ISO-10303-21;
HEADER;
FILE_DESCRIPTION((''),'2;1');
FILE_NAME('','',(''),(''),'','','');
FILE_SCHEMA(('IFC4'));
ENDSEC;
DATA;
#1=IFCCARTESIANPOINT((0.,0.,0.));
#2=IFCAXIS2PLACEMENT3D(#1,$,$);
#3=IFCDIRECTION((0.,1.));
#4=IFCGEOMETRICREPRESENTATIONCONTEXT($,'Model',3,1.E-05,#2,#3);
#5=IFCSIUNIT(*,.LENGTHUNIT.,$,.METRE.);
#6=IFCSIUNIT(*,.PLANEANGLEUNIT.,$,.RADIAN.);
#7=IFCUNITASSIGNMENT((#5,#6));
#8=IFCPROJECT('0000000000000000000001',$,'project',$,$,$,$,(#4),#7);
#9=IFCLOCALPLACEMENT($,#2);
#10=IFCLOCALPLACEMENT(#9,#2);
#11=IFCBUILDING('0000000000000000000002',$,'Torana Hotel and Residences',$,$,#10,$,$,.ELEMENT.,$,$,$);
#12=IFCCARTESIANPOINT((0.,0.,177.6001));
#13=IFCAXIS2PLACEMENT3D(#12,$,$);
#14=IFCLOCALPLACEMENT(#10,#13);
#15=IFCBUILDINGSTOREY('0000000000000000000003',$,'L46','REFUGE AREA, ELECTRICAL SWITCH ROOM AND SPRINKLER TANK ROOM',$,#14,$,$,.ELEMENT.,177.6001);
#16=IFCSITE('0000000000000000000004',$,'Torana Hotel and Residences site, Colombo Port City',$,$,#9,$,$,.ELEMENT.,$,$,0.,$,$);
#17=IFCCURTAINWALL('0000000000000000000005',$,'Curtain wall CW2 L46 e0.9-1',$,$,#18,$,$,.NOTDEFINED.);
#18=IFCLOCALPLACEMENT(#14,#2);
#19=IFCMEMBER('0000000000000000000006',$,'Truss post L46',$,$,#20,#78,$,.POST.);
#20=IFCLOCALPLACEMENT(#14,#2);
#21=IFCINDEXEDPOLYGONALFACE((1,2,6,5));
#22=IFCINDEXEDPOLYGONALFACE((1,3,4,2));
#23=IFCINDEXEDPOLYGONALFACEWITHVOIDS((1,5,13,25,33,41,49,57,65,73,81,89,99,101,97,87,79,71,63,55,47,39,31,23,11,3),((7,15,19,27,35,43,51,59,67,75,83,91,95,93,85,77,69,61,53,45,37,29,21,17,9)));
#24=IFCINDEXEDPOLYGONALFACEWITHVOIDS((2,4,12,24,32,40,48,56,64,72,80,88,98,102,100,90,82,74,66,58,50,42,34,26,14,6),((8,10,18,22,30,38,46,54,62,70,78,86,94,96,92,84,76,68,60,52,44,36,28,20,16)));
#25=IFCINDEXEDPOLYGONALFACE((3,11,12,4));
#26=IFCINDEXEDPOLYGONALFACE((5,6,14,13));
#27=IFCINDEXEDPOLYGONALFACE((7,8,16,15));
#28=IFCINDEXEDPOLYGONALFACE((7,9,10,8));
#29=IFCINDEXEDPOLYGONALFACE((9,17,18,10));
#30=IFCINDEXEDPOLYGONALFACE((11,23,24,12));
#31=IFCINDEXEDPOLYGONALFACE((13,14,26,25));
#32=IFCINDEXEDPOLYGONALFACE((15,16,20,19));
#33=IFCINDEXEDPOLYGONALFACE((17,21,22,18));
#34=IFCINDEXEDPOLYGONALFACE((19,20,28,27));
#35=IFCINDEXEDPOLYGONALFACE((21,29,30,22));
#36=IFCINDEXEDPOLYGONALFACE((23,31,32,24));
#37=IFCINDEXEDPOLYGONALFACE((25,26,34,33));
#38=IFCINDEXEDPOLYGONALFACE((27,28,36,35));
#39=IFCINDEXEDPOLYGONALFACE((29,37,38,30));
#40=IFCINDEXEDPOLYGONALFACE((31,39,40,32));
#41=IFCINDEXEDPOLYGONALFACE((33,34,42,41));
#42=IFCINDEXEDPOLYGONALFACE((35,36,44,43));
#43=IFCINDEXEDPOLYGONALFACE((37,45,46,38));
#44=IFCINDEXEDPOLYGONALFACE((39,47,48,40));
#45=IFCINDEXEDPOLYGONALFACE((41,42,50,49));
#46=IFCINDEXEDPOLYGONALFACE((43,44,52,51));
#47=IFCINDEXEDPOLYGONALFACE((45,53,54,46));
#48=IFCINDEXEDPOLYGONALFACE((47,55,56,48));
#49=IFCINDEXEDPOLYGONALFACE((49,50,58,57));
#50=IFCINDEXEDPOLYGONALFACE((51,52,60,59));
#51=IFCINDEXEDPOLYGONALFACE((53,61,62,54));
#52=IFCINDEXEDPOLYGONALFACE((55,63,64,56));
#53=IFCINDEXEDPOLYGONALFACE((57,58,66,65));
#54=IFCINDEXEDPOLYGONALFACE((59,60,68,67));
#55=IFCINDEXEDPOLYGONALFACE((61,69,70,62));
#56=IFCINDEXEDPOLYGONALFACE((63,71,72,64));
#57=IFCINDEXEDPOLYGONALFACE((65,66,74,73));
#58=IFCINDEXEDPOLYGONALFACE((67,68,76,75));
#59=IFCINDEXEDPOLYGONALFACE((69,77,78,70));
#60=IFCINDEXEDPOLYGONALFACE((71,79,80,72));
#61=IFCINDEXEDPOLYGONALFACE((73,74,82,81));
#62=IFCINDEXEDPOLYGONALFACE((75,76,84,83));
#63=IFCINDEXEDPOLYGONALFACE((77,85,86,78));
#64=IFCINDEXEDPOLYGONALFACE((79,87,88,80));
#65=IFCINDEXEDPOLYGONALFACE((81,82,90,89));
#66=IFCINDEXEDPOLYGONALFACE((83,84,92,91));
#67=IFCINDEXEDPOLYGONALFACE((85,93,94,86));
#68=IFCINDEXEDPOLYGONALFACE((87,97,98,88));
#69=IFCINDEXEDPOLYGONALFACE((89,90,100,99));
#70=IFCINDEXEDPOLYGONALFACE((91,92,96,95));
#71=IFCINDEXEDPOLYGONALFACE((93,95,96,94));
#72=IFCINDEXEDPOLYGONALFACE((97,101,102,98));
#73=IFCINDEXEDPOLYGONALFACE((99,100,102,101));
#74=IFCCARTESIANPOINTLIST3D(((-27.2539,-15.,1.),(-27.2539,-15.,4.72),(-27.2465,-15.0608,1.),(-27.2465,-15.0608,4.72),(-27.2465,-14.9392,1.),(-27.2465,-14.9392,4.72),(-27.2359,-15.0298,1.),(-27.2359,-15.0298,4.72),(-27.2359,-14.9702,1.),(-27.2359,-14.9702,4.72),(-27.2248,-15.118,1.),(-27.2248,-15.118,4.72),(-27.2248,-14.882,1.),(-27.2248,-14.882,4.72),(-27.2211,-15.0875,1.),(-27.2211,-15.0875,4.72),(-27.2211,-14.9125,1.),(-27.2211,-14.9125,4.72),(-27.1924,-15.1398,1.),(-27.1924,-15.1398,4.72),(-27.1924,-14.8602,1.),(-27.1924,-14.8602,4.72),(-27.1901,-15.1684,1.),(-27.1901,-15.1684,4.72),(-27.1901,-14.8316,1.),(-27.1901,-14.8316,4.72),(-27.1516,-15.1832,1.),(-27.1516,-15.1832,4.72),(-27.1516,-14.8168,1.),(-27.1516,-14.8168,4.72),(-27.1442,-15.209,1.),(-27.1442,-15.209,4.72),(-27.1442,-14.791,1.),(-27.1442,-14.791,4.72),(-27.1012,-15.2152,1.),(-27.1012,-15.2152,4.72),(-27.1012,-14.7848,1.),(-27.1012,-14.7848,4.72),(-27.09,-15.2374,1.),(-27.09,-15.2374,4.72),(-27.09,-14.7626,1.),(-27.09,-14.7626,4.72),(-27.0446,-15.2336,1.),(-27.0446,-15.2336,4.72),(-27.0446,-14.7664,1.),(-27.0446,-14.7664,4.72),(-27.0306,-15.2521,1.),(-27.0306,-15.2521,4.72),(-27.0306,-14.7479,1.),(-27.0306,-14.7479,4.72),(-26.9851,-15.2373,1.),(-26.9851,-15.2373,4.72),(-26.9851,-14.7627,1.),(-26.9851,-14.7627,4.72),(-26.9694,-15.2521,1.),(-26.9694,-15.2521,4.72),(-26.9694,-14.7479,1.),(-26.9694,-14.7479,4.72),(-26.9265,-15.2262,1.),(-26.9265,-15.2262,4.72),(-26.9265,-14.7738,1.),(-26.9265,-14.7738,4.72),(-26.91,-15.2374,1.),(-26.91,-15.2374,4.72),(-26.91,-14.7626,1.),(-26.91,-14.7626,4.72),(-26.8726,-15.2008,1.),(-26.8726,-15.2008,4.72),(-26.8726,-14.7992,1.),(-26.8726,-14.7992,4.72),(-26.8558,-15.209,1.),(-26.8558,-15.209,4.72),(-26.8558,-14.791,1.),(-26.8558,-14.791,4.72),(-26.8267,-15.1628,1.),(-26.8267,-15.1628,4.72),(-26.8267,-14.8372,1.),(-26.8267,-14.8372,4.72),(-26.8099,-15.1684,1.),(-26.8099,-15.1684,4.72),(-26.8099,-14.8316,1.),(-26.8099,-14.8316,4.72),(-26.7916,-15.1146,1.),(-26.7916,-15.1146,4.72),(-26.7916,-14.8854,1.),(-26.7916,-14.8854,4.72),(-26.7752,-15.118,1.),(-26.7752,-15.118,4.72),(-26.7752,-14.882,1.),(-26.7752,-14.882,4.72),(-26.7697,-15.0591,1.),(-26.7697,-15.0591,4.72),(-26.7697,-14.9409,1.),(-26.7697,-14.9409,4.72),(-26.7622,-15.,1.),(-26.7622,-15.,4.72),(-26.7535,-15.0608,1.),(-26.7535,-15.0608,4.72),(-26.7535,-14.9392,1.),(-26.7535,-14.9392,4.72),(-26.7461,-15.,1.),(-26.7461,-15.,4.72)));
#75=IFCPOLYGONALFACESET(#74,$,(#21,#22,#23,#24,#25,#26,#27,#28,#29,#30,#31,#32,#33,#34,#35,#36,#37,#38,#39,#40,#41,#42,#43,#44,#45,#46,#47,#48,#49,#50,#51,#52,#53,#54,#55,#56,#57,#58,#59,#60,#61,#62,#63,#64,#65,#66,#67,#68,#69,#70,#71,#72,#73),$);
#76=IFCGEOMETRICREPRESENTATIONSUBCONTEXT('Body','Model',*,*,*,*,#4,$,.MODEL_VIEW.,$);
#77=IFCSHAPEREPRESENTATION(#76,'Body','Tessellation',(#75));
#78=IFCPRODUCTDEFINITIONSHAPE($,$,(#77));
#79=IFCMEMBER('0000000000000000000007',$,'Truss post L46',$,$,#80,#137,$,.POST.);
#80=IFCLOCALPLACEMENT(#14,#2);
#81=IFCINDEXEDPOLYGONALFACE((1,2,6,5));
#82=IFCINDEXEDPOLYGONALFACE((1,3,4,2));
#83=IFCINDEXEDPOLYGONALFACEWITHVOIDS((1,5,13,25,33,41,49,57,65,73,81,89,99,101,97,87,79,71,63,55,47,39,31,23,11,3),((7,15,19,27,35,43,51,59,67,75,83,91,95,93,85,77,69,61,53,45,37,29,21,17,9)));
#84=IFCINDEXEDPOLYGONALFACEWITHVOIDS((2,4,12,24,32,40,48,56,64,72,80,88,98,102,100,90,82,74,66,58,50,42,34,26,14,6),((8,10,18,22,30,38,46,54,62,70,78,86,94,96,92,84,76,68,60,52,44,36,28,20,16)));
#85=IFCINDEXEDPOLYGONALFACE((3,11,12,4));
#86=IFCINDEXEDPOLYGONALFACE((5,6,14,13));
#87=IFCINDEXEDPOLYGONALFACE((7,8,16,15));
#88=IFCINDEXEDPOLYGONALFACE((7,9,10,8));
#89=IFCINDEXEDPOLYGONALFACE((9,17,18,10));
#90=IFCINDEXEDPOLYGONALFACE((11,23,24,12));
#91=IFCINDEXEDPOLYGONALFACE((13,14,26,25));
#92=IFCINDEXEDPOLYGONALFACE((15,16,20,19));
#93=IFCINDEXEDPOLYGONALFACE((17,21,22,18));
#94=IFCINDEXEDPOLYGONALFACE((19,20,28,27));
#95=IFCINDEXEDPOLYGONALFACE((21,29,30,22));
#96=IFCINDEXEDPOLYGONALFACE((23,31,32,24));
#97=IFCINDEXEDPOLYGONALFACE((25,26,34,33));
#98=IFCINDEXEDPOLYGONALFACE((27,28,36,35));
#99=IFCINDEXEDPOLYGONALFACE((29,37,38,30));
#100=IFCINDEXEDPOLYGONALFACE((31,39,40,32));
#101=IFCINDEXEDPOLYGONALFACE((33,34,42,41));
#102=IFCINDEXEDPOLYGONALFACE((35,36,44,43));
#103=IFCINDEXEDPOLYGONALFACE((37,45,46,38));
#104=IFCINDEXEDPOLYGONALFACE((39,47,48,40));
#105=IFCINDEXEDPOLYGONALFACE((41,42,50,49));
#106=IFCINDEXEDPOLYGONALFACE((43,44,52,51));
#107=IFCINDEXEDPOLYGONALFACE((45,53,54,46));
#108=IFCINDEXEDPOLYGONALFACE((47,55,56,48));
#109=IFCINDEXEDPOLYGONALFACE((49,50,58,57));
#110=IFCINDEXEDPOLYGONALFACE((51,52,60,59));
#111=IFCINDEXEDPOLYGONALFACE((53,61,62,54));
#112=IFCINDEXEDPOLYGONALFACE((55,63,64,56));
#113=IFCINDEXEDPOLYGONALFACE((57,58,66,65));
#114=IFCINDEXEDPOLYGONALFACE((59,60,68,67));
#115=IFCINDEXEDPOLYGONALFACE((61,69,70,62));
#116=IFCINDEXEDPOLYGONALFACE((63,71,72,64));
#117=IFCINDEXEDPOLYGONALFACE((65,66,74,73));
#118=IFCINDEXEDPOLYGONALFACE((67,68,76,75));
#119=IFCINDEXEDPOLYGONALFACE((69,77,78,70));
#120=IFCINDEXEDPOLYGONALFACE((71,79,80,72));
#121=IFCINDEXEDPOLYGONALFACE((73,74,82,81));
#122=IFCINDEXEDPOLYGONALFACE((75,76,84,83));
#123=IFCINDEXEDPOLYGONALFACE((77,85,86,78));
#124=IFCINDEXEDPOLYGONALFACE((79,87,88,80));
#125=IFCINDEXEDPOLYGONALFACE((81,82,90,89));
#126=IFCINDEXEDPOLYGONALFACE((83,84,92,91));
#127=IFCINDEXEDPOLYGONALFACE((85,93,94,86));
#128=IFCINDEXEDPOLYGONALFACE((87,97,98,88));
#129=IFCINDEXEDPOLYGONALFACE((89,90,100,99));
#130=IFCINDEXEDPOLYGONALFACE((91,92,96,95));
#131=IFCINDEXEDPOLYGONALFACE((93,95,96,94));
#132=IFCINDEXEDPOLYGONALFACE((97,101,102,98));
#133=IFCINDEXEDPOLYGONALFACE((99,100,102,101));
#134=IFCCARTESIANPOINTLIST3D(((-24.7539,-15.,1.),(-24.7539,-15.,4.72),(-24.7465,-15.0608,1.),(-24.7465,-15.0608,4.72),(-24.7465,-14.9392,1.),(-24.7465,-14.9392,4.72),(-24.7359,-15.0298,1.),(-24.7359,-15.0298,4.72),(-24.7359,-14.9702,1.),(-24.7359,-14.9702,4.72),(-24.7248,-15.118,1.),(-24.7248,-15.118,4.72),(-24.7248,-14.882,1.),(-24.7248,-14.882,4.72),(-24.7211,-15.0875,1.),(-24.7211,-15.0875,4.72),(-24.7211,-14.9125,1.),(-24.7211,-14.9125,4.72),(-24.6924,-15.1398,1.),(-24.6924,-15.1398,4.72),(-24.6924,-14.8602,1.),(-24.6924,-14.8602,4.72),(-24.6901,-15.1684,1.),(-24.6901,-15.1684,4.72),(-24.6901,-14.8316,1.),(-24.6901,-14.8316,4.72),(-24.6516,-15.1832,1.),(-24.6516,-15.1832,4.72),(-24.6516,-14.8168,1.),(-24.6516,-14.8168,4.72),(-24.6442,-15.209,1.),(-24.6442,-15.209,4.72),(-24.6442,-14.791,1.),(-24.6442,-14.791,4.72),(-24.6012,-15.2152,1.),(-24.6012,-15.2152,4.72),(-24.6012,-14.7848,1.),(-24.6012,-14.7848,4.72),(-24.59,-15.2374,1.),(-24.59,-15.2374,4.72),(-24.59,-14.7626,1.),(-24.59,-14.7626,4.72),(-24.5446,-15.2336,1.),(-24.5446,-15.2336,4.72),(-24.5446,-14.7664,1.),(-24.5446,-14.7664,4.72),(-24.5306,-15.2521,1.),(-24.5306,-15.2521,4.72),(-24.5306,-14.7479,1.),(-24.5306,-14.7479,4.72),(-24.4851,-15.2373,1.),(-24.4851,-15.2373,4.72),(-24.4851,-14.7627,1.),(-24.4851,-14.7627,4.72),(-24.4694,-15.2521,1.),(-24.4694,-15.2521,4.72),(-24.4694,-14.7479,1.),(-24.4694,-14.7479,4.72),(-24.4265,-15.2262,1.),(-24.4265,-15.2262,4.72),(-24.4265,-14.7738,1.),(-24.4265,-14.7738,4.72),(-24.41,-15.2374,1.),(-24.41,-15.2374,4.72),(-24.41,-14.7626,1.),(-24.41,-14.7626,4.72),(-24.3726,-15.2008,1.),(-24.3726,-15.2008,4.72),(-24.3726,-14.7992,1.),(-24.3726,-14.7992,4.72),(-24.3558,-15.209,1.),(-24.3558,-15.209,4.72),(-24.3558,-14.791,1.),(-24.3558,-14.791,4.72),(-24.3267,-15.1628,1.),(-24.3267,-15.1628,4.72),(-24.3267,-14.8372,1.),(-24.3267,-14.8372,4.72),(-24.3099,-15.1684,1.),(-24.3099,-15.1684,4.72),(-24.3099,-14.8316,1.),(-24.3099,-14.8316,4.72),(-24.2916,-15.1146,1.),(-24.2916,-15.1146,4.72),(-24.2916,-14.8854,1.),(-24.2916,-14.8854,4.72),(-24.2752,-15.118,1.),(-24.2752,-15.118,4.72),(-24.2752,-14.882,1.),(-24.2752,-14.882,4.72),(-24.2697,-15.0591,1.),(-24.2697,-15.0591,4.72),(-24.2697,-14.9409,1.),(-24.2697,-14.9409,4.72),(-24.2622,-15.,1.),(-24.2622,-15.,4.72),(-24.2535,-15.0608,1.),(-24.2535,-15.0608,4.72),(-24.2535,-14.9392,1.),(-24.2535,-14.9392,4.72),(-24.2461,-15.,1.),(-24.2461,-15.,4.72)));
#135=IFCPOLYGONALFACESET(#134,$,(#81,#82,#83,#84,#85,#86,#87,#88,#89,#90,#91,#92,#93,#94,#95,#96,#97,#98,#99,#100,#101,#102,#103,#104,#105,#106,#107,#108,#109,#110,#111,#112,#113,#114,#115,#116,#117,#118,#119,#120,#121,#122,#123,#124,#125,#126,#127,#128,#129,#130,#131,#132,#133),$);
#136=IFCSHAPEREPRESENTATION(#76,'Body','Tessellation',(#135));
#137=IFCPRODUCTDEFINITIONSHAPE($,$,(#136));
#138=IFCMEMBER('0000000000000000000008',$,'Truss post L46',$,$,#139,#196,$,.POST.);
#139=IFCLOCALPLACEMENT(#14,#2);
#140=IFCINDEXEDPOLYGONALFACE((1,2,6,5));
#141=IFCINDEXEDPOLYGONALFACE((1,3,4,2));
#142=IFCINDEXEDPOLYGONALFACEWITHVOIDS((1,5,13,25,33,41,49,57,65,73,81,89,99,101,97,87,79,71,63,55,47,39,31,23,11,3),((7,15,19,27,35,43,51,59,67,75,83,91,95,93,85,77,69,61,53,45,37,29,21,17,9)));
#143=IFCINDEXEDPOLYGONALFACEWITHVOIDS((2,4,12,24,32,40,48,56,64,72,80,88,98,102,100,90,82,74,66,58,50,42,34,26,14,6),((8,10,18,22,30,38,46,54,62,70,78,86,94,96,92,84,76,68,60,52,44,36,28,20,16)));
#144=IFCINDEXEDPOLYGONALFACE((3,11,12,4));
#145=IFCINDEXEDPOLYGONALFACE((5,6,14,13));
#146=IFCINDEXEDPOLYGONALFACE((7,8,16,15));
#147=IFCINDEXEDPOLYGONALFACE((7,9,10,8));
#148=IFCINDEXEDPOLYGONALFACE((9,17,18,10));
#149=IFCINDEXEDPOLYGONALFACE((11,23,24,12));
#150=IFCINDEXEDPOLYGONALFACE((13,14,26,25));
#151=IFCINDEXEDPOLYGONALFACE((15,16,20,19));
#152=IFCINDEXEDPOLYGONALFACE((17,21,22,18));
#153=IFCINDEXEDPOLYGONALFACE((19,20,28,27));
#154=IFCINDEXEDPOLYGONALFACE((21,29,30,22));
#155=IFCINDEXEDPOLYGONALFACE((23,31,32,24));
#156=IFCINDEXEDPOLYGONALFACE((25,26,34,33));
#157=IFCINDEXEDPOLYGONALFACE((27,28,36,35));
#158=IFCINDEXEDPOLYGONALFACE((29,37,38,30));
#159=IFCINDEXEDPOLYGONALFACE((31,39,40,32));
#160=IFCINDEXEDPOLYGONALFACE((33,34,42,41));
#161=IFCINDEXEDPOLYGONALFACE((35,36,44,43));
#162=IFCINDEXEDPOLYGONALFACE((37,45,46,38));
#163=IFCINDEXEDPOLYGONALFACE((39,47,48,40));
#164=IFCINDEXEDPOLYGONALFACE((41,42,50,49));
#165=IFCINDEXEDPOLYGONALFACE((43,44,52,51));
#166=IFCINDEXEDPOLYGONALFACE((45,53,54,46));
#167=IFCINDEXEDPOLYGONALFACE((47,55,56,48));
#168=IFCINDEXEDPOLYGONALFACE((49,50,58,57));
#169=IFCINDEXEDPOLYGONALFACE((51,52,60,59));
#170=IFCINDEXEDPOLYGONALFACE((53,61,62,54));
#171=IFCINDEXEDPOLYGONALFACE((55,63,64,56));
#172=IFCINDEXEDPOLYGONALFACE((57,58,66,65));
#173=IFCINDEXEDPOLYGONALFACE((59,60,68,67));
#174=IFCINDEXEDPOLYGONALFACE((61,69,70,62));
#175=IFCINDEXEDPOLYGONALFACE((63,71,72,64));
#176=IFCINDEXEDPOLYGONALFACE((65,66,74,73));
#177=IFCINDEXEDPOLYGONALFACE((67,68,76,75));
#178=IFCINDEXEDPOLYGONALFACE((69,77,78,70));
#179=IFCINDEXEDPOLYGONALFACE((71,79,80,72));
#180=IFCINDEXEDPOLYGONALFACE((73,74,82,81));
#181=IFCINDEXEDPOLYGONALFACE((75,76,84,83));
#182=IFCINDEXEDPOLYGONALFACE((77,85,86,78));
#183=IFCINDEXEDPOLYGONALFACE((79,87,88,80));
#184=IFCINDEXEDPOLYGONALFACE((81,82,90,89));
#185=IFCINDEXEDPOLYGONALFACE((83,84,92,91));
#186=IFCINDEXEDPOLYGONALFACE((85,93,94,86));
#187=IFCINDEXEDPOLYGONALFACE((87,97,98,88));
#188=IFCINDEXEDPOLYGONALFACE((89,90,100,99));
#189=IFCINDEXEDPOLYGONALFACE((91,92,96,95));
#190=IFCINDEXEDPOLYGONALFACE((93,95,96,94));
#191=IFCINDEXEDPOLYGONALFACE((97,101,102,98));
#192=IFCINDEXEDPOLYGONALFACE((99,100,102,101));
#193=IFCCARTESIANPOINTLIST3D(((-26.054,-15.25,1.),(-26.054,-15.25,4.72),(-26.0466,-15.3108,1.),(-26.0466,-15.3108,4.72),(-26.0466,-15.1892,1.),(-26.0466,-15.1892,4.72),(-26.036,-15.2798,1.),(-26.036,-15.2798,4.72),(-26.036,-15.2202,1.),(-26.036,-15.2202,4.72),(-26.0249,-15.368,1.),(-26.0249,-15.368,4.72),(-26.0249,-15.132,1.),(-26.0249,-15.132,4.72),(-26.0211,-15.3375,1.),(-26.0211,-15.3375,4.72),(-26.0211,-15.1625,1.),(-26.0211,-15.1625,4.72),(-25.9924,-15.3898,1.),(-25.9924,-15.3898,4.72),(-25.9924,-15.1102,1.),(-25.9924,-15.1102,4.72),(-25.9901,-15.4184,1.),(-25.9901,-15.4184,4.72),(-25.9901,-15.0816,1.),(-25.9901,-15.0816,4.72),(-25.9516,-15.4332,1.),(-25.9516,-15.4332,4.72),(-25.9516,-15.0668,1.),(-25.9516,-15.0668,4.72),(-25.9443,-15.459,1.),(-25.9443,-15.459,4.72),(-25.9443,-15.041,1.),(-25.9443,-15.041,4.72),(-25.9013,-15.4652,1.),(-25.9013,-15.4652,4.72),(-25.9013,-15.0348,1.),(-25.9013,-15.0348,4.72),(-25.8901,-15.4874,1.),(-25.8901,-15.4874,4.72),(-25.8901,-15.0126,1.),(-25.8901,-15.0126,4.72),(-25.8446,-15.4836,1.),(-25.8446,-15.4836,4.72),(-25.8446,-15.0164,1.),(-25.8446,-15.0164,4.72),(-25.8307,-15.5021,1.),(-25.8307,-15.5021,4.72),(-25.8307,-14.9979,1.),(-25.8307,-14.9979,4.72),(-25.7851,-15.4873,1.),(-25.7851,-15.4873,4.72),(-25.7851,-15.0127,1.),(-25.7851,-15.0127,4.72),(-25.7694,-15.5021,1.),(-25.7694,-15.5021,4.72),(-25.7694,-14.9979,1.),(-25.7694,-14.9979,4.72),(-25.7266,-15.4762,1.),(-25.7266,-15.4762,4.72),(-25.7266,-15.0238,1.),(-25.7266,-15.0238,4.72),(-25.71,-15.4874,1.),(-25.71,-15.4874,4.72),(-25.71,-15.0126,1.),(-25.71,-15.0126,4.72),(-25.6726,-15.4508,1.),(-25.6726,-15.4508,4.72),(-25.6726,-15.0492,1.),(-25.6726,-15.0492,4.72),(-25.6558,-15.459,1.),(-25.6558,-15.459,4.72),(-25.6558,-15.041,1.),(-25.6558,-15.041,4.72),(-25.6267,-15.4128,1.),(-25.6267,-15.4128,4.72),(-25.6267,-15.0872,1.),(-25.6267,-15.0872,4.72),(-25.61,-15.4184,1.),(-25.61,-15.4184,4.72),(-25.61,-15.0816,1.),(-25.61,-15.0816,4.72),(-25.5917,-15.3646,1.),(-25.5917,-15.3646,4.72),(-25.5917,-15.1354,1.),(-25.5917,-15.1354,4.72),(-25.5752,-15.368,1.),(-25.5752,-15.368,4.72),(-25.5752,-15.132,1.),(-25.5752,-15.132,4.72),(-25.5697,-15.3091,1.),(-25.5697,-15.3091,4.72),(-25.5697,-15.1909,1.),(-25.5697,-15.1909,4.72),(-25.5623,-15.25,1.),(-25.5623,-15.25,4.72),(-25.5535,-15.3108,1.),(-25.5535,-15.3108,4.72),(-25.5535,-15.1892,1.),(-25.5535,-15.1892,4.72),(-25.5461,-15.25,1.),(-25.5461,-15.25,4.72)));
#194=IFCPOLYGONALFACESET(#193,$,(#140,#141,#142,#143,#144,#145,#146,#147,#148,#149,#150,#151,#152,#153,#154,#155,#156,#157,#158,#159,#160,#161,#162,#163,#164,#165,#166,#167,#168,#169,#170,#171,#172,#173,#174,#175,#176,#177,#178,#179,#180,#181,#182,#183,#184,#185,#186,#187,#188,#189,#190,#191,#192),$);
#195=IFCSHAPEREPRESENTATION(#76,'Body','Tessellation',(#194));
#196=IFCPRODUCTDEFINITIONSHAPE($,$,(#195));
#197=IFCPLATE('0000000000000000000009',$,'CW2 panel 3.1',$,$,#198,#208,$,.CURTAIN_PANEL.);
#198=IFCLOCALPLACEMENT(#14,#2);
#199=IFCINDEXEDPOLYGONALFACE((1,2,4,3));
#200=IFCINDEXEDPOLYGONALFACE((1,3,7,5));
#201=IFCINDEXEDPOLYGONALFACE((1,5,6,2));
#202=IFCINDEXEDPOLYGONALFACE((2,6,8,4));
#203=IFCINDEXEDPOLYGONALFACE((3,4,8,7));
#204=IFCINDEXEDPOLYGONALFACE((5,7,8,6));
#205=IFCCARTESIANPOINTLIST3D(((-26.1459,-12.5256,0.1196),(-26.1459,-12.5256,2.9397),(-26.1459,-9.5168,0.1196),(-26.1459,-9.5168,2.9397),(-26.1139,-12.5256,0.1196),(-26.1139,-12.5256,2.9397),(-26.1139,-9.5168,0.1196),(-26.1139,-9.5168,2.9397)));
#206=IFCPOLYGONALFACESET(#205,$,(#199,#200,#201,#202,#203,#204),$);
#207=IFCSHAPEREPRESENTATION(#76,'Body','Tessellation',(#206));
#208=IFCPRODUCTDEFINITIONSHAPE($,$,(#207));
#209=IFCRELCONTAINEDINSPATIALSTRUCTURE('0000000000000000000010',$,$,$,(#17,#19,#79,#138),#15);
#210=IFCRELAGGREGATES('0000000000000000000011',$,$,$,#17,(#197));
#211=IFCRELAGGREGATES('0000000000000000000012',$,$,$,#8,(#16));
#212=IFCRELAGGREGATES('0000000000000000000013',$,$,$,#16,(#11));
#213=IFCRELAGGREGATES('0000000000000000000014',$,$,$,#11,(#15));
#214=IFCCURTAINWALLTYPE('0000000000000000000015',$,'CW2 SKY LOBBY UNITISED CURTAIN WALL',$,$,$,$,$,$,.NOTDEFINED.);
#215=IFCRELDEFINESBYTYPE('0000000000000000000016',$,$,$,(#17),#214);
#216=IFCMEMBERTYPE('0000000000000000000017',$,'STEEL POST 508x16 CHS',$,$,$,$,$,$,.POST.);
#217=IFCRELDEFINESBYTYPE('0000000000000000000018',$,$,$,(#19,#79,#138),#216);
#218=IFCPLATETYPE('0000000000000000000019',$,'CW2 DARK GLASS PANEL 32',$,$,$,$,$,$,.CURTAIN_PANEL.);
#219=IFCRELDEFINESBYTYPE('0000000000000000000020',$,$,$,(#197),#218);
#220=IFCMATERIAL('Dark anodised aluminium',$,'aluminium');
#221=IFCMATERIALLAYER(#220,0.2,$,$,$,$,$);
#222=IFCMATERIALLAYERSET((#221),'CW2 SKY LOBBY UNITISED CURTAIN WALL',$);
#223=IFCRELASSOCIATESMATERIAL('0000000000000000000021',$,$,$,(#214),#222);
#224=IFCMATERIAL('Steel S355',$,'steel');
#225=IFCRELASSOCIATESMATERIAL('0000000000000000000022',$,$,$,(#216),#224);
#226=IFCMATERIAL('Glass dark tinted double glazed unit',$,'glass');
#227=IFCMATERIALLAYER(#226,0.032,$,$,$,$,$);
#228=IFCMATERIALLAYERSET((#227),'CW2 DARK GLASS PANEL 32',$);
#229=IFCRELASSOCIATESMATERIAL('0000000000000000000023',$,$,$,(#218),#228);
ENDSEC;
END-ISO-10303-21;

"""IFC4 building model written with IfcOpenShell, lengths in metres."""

from ifc_helpers import new_model, si_unit, direction, frame, origin, origin_2d, place, context, subcontext, project, spatial, rectangle, hollow_circle, extrude, material, layer, layer_set, material_profile, profile_set, type_object, element, aggregate, save


model = new_model("IFC4")

# Units and contexts
model_context = context("Model", 3, precision=1e-05, world=origin(), true_north=direction((0.0, 1.0)))
body_context = subcontext(model_context, "Body", "Model", "MODEL_VIEW")
ifc_project = project(units=[si_unit("LENGTHUNIT", "METRE"), si_unit("PLANEANGLEUNIT", "RADIAN")], contexts=[model_context])

# Site, building, storey
site_placement = place(None, origin())
site = spatial("IfcSite", under=ifc_project, at=site_placement, Name="Torana Hotel and Residences site, Colombo Port City", CompositionType="ELEMENT", RefElevation=0.0)
building_placement = place(site_placement, origin())
building = spatial("IfcBuilding", under=site, at=building_placement, Name="Torana Hotel and Residences", CompositionType="ELEMENT")
storey_placement = place(building_placement, frame((0.0, 0.0, 177.6001)))
storey = spatial("IfcBuildingStorey", under=building, at=storey_placement, Name="L46", Description="REFUGE AREA, ELECTRICAL SWITCH ROOM AND SPRINKLER TANK ROOM", CompositionType="ELEMENT", Elevation=177.6001)

# Curtain wall
ifc_material_1 = material(Name="Dark anodised aluminium", Category="aluminium")
ifc_layer_1 = layer(ifc_material_1, 0.2)
ifc_layer_set_1 = layer_set([ifc_layer_1], Name="CW2 SKY LOBBY UNITISED CURTAIN WALL")
curtain_wall_type = type_object("IfcCurtainWallType", Name="CW2 SKY LOBBY UNITISED CURTAIN WALL", PredefinedType="NOTDEFINED", material=ifc_layer_set_1)
curtain_wall_placement = place(storey_placement, origin())
curtain_wall = element("IfcCurtainWall", 1, at=curtain_wall_placement, inside=storey, type_object=curtain_wall_type, Name="Curtain wall CW2 L46 e0.9-1", PredefinedType="NOTDEFINED")

# Members
ifc_material_2 = material(Name="Steel S355", Category="steel")
ifc_material_profile_1 = material_profile(ifc_material_2, hollow_circle(Radius=0.2539, WallThickness=0.0161, at=origin_2d()), Name="508x16 CHS")
ifc_profile_set_1 = profile_set([ifc_material_profile_1], Name="Steel S355")
member_type_1 = type_object("IfcMemberType", Name="STEEL POST 508x16 CHS", PredefinedType="POST", material=ifc_profile_set_1)
for number, where, z_axis, x_axis, name in (
    (2, (-27.0, -15.0, 1.0), (0.0, 0.0, 1.0), (1.0, 0.0, 0.0), "Truss post L46"),
    (3, (-24.5, -15.0, 1.0), (0.0, 0.0, 1.0), (1.0, 0.0, 0.0), "Truss post L46"),
    (4, (-25.8, -15.25, 1.0), (0.0, 0.0, 1.0), (1.0, 0.0, 0.0), "Truss post L46"),
):
    element("IfcMember", number, at=place(storey_placement, frame(where, z_axis=z_axis, x_axis=x_axis)), inside=storey, type_object=member_type_1, Name=name, PredefinedType="POST", context=body_context, shape_type="SweptSolid", body=[
        extrude(hollow_circle(Radius=0.2539, WallThickness=0.0161, at=origin_2d()), origin(), (0.0, 0.0, 1.0), 3.72),
    ])

# Plate
ifc_material_3 = material(Name="Glass dark tinted double glazed unit", Category="glass")
ifc_layer_2 = layer(ifc_material_3, 0.032)
ifc_layer_set_2 = layer_set([ifc_layer_2], Name="CW2 DARK GLASS PANEL 32")
plate_type_1 = type_object("IfcPlateType", Name="CW2 DARK GLASS PANEL 32", PredefinedType="CURTAIN_PANEL", material=ifc_layer_set_2)
plate_1_placement = place(storey_placement, frame((-26.1299, -11.0212, 0.1196), z_axis=(0.0, 0.0, 1.0), x_axis=(0.0, -1.0, 0.0)))
plate_1 = element("IfcPlate", 5, at=plate_1_placement, type_object=plate_type_1, Name="CW2 panel 3.1", PredefinedType="CURTAIN_PANEL", context=body_context, shape_type="SweptSolid", body=[
    extrude(rectangle(XDim=3.0088, YDim=0.032, at=origin_2d()), origin(), (0.0, 0.0, 1.0), 2.8201),
])
aggregate(curtain_wall, [plate_1])

save(model, "model.ifc")
